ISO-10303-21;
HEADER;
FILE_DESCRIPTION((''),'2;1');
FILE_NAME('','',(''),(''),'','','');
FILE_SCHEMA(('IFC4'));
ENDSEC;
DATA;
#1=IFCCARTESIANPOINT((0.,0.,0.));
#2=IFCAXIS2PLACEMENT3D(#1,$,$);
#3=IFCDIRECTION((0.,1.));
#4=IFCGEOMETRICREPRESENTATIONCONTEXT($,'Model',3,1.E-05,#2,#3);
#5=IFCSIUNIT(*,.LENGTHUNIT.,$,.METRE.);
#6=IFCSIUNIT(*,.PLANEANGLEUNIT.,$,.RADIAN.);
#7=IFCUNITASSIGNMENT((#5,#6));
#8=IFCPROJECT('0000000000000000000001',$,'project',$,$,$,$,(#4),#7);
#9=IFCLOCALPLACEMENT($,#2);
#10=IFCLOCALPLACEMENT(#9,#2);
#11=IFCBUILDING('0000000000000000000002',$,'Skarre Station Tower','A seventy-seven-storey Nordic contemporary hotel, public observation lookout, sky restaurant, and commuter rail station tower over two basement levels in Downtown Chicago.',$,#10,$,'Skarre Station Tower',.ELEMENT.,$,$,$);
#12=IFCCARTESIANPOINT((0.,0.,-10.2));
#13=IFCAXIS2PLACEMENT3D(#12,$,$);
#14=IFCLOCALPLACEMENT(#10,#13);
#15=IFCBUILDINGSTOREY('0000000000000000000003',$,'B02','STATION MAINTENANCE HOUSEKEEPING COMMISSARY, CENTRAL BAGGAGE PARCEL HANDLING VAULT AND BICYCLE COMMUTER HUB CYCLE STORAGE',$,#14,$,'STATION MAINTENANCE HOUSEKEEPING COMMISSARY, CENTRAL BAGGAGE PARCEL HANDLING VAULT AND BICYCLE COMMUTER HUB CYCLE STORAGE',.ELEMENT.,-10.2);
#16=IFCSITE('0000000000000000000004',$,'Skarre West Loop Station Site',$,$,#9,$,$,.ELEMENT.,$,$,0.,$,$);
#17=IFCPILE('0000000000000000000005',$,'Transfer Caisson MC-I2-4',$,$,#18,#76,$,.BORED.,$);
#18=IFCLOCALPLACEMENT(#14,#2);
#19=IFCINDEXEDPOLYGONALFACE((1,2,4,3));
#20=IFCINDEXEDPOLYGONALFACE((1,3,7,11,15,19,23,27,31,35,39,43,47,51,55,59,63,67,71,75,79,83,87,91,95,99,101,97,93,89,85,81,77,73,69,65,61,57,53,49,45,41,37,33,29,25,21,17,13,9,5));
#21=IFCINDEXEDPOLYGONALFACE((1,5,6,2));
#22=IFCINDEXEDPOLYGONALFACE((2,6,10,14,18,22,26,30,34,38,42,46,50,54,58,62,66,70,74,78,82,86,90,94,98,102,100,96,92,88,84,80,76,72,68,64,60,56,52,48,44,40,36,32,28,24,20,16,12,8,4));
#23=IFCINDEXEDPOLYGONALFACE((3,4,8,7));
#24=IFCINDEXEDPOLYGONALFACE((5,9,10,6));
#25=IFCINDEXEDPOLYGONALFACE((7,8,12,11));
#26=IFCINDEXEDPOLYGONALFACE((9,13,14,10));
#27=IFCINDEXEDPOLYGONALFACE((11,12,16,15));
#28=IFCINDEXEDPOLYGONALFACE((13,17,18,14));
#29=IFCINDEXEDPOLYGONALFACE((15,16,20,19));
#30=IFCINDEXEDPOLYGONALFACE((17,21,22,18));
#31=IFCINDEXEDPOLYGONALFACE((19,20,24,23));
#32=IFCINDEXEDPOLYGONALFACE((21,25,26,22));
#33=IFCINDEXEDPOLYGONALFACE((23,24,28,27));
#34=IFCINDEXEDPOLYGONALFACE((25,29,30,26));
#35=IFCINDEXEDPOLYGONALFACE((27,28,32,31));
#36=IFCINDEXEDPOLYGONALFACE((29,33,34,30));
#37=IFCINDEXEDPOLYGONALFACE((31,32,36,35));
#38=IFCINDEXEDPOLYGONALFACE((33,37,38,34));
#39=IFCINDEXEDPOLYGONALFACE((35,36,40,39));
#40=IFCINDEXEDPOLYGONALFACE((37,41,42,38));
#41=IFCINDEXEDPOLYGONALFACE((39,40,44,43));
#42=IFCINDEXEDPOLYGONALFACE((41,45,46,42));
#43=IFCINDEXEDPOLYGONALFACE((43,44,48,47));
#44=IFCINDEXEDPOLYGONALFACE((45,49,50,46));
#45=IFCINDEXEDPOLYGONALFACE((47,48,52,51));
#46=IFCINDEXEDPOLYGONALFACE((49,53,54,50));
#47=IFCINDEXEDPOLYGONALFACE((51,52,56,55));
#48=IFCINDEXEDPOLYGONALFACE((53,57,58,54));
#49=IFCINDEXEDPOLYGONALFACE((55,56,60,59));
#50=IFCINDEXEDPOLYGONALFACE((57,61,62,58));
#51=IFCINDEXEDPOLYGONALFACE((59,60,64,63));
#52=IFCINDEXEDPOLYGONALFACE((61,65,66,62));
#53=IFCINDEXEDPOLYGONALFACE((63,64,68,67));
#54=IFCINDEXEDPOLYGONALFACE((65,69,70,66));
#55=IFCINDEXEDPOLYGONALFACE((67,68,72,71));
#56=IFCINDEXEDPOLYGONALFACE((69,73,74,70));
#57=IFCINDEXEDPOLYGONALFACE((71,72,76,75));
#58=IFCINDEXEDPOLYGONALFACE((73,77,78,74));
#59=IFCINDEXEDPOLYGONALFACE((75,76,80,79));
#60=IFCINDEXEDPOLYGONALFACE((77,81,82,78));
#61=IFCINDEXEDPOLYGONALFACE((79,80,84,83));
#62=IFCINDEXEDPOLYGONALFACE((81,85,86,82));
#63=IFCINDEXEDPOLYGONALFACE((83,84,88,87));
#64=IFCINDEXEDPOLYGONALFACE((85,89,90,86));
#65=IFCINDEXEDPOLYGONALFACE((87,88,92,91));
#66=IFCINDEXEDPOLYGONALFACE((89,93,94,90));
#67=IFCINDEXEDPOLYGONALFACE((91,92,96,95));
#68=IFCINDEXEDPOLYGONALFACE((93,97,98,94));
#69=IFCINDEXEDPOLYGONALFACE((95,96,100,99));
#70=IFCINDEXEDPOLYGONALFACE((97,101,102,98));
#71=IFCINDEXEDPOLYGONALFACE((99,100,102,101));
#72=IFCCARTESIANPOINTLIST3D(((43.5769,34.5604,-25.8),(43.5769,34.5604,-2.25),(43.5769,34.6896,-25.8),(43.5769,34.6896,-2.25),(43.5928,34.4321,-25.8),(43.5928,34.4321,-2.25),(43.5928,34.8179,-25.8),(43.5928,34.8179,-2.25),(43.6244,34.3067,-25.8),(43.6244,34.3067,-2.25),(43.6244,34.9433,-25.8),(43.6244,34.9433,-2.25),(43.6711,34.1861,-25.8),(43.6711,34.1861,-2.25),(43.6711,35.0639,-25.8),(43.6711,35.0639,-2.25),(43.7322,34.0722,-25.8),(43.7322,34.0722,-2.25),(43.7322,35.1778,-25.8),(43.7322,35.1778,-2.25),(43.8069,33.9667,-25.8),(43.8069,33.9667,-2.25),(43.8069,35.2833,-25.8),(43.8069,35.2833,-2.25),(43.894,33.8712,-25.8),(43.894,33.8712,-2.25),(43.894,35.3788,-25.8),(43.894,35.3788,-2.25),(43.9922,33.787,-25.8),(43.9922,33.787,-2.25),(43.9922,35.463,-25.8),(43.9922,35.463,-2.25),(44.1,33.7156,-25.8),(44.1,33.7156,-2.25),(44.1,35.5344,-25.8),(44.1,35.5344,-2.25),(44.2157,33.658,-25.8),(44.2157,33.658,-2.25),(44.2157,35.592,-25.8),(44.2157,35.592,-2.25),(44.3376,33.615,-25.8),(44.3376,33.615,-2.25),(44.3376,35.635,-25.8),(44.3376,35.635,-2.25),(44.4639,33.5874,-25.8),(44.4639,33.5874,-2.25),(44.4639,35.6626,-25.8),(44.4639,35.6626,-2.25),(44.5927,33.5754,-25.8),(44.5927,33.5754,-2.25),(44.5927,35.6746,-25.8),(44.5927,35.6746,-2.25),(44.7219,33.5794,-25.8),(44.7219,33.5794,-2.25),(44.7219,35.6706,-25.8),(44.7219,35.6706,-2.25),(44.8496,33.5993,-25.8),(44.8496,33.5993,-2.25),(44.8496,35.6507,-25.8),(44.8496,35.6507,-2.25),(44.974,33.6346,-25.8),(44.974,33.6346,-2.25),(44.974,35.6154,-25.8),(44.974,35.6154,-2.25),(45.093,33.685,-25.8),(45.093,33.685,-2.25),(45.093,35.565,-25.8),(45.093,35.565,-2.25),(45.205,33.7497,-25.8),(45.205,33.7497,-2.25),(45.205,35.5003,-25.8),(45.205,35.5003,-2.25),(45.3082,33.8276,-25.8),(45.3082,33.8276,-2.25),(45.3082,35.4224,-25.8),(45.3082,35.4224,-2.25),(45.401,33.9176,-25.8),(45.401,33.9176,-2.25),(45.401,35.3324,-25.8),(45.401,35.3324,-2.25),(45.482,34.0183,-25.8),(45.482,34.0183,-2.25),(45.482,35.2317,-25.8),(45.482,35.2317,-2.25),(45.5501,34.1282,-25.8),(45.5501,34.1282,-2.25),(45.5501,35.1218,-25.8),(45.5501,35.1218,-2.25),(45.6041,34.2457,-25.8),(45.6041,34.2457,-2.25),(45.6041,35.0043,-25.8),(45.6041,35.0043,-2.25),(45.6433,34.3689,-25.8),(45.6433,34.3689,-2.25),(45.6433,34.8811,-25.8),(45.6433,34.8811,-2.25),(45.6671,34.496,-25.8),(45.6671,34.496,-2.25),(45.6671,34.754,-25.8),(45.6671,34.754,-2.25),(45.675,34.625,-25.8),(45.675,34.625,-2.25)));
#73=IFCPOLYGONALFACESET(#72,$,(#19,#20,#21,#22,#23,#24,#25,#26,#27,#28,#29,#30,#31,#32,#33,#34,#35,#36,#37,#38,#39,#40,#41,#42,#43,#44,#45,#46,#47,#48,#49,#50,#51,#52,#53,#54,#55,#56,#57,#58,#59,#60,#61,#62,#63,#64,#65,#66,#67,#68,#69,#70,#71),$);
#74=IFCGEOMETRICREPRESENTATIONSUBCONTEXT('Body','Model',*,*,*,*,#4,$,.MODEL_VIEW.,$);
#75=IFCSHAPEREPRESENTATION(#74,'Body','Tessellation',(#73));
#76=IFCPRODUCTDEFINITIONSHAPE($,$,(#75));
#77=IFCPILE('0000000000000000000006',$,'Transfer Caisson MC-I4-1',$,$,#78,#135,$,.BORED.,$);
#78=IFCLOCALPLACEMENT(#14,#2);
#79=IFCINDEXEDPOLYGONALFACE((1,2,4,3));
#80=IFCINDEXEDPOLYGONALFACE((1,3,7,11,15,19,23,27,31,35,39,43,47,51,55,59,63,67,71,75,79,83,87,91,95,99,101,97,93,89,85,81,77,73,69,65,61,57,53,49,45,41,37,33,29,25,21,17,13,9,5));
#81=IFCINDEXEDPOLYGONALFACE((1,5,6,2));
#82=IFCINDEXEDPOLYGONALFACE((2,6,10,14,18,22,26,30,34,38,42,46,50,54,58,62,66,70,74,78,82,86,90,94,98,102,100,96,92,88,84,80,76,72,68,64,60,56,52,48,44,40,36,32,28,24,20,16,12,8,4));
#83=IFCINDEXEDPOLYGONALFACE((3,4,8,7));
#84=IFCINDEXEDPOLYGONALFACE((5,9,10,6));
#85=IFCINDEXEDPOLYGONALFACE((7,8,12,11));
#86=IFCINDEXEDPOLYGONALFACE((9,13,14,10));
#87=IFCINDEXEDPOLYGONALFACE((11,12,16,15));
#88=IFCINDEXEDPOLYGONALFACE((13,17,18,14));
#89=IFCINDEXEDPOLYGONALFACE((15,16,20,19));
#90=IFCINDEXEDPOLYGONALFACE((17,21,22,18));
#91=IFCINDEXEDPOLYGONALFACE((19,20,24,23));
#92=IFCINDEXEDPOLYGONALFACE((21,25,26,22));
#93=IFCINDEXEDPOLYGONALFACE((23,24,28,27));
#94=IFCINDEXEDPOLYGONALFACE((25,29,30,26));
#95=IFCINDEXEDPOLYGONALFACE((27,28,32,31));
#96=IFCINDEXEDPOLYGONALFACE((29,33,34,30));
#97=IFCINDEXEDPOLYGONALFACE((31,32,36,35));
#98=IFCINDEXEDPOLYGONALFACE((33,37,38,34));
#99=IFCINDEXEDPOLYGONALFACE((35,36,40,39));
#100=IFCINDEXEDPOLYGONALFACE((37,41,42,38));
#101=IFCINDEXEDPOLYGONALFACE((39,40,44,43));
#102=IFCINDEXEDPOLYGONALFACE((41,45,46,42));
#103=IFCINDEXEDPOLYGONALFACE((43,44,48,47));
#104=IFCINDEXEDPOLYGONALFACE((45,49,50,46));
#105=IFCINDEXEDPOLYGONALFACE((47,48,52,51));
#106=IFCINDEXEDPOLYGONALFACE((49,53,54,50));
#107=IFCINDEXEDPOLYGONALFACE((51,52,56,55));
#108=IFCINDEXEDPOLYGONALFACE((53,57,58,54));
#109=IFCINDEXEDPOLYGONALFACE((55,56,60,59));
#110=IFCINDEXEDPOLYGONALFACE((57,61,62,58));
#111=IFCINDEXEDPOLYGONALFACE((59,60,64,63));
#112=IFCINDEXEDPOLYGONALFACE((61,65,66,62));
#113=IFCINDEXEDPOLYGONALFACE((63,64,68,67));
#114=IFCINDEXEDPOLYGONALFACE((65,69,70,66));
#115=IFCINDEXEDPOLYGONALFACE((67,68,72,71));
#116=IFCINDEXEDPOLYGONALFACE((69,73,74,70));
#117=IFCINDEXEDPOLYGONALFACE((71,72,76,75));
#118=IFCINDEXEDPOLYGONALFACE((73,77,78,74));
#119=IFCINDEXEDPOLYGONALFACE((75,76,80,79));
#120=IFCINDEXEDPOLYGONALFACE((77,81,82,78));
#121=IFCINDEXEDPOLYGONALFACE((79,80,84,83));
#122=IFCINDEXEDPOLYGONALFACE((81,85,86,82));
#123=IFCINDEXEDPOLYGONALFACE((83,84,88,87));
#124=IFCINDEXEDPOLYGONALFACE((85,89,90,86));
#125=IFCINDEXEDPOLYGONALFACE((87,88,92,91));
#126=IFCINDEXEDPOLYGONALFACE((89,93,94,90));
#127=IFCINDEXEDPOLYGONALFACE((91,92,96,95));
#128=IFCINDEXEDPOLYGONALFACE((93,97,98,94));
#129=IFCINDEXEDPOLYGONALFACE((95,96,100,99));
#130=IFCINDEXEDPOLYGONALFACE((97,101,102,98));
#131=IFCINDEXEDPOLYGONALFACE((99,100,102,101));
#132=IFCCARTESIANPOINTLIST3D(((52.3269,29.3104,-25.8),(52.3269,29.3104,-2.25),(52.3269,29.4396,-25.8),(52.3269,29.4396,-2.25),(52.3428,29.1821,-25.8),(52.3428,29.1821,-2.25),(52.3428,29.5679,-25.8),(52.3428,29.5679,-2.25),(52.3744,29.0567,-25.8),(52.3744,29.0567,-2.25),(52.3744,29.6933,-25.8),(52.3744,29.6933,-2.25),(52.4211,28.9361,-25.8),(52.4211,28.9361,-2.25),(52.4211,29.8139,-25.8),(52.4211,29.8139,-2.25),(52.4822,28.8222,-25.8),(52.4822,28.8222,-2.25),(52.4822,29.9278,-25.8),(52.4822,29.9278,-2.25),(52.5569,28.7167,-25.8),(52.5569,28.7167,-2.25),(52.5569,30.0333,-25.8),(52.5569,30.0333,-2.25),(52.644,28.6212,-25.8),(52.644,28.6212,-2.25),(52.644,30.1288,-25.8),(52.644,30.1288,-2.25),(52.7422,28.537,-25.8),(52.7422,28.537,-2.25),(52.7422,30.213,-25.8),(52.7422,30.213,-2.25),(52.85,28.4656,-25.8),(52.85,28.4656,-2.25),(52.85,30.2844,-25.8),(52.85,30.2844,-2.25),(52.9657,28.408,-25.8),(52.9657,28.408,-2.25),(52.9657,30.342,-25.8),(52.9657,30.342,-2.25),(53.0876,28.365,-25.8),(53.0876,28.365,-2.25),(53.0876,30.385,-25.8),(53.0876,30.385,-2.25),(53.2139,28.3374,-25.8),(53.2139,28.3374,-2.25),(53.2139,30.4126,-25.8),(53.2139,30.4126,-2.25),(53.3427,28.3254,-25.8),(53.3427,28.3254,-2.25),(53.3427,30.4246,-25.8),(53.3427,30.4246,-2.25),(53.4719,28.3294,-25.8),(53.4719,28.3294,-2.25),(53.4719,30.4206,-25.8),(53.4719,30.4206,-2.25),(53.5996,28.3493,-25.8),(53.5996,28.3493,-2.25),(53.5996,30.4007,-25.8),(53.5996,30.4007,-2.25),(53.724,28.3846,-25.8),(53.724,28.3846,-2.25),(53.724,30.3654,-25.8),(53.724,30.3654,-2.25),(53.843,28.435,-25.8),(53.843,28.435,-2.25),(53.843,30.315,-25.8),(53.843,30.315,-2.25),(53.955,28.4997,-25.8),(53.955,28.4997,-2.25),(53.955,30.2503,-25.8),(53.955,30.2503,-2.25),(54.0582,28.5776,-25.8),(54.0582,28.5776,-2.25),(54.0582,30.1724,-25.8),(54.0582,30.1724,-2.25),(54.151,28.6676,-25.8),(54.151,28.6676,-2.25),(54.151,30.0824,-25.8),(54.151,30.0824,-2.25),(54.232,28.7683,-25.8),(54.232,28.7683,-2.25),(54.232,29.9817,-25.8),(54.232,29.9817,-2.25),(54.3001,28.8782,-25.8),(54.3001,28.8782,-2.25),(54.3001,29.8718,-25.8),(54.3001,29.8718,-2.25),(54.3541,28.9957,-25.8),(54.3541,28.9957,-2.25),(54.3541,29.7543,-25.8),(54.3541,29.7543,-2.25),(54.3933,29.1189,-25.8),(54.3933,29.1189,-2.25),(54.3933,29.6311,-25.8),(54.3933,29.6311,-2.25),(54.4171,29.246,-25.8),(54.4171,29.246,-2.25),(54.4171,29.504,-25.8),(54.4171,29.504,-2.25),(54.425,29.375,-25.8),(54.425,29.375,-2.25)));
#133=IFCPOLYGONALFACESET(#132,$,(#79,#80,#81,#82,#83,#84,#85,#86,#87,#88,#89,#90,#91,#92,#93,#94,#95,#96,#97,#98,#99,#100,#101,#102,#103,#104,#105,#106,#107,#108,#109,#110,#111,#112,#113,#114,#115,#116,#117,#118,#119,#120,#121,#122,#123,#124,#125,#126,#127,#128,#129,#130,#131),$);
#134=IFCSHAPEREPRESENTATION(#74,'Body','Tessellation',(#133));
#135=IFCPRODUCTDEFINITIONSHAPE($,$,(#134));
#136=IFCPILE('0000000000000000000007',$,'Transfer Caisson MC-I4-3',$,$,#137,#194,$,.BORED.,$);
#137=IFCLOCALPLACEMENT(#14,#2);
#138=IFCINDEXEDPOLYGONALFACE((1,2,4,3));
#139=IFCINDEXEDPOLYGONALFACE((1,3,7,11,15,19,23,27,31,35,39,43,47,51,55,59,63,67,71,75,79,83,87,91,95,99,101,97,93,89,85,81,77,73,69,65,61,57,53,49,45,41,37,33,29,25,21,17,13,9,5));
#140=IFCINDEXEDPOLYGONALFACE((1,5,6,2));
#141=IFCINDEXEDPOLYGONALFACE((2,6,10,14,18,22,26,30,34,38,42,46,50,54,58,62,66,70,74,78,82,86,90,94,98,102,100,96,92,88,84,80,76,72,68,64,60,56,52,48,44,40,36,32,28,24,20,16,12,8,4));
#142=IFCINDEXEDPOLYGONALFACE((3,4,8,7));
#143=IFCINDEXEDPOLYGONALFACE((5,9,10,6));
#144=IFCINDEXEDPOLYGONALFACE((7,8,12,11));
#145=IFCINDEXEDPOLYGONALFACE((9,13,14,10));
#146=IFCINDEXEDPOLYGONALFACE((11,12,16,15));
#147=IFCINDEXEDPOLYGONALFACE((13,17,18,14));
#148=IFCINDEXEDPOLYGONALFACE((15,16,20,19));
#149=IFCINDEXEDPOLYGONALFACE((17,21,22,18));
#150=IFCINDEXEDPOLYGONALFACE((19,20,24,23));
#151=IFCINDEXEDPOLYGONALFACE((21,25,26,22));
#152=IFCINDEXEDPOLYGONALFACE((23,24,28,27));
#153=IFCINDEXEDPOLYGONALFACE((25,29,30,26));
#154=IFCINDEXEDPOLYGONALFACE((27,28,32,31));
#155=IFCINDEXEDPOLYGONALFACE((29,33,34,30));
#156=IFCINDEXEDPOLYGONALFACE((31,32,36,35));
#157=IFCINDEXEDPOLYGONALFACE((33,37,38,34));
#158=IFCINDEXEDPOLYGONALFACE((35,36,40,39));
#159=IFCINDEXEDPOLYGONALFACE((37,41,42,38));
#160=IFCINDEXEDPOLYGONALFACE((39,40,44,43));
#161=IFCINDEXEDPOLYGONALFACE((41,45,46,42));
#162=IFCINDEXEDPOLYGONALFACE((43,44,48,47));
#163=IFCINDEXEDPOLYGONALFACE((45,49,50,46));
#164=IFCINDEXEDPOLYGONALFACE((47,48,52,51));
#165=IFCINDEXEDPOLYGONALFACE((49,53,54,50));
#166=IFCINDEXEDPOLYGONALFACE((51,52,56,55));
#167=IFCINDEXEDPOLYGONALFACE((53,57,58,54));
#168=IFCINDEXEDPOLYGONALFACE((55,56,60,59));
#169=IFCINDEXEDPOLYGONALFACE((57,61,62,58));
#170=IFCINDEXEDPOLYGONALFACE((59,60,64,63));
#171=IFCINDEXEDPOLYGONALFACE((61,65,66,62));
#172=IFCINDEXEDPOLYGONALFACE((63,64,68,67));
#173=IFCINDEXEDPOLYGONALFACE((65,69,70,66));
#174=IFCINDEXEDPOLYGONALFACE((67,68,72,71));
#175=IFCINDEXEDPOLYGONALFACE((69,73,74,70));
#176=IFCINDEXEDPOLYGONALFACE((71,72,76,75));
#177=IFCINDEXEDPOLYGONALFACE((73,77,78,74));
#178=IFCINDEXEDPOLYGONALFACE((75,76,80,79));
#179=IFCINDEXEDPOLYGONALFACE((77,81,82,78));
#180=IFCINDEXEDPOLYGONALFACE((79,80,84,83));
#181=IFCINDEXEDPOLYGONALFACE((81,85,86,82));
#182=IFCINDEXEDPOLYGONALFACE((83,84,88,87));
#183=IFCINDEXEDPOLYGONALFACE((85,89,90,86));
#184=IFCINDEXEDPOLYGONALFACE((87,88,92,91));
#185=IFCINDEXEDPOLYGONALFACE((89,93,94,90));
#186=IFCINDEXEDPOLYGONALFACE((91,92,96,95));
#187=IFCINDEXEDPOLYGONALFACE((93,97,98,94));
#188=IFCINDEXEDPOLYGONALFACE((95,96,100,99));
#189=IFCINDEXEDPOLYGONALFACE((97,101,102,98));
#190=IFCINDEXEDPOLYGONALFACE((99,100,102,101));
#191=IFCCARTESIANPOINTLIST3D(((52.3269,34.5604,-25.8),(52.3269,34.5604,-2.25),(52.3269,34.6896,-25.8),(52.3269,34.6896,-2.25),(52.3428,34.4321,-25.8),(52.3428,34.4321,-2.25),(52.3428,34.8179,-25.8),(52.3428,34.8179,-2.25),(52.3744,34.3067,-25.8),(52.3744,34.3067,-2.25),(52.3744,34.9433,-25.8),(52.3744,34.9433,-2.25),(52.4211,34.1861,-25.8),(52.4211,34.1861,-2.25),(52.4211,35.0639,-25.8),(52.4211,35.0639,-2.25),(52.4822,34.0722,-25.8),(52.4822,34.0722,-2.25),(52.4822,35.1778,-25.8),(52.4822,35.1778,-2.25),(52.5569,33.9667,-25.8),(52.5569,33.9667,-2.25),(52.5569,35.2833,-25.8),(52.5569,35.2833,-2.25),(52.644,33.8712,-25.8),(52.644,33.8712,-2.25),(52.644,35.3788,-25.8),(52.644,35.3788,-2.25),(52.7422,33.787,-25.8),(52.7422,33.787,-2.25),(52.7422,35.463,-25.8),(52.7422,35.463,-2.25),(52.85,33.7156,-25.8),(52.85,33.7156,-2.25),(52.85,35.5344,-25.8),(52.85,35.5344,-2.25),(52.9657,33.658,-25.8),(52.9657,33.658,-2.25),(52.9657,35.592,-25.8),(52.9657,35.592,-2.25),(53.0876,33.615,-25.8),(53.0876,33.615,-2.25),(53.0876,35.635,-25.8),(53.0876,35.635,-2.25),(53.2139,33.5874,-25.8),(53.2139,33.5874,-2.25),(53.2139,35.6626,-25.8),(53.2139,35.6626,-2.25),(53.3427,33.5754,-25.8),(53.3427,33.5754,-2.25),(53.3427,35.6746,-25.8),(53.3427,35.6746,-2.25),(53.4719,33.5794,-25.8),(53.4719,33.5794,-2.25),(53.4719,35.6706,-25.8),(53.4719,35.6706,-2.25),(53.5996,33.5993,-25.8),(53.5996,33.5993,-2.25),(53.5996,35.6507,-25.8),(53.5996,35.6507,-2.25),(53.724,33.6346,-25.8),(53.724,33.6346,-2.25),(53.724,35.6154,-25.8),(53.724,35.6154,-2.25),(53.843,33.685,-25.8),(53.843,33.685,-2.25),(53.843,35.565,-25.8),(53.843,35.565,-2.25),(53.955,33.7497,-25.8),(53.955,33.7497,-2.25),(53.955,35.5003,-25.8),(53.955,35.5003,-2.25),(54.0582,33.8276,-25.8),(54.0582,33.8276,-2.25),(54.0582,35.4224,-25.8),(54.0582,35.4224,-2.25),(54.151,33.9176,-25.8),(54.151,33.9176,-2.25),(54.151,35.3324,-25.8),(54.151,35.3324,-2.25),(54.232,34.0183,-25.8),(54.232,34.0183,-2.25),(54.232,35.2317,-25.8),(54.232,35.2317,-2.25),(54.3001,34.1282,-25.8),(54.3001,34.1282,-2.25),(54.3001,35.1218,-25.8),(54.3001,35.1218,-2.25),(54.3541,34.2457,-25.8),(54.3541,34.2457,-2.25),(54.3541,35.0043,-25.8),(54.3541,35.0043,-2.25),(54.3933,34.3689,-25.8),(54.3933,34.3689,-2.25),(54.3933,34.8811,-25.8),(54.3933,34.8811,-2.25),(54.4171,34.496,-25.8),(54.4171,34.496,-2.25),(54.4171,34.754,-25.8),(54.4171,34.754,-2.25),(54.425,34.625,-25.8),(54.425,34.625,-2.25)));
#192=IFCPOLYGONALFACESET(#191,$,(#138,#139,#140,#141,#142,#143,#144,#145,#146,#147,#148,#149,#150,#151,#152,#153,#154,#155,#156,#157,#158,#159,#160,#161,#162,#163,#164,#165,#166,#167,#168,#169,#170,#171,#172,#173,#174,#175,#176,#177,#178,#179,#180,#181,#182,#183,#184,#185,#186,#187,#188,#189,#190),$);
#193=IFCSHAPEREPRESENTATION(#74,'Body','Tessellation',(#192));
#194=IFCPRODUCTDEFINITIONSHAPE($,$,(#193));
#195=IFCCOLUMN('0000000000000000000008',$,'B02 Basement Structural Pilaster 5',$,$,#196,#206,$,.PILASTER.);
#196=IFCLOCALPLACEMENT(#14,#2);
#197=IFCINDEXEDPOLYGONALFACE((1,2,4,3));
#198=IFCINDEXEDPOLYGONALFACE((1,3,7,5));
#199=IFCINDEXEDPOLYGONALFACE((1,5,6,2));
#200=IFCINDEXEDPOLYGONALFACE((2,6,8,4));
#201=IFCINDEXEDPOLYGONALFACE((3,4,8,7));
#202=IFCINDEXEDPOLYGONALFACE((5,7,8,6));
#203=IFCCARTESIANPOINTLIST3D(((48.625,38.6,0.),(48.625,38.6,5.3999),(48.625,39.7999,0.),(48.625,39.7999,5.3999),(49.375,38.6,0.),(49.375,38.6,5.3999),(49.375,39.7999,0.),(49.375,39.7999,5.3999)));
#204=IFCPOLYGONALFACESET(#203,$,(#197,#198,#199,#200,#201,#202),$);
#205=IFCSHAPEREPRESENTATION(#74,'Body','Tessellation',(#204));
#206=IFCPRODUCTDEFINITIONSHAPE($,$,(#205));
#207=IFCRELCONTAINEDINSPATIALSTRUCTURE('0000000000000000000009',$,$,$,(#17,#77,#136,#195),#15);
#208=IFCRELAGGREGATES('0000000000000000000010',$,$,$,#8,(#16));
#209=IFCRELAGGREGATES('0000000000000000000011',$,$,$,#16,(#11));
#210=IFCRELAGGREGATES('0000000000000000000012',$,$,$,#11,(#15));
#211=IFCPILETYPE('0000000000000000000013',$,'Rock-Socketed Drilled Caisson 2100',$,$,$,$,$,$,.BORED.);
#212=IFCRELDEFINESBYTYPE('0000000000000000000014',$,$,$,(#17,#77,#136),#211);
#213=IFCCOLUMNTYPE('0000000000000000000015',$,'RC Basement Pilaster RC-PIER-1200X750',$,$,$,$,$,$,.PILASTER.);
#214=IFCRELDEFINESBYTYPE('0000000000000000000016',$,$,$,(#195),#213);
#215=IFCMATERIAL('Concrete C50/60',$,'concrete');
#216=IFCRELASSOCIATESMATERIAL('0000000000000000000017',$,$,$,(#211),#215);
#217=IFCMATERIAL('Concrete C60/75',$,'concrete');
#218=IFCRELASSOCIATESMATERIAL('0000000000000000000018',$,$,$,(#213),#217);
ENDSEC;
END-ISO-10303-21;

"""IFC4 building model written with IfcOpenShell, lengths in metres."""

from ifc_helpers import new_model, si_unit, direction, frame, origin, origin_2d, place, context, subcontext, project, spatial, rectangle, circle, extrude, material, material_profile, profile_set, type_object, element, save


model = new_model("IFC4")

# Units and contexts
model_context = context("Model", 3, precision=1e-05, world=origin(), true_north=direction((0.0, 1.0)))
body_context = subcontext(model_context, "Body", "Model", "MODEL_VIEW")
ifc_project = project(units=[si_unit("LENGTHUNIT", "METRE"), si_unit("PLANEANGLEUNIT", "RADIAN")], contexts=[model_context])

# Site, building, storey
site_placement = place(None, origin())
site = spatial("IfcSite", under=ifc_project, at=site_placement, Name="Skarre West Loop Station Site", CompositionType="ELEMENT", RefElevation=0.0)
building_placement = place(site_placement, origin())
building = spatial("IfcBuilding", under=site, at=building_placement, Name="Skarre Station Tower", Description="A seventy-seven-storey Nordic contemporary hotel, public observation lookout, sky restaurant, and commuter rail station tower over two basement levels in Downtown Chicago.", LongName="Skarre Station Tower", CompositionType="ELEMENT")
storey_placement = place(building_placement, frame((0.0, 0.0, -10.2)))
storey = spatial("IfcBuildingStorey", under=building, at=storey_placement, Name="B02", Description="STATION MAINTENANCE HOUSEKEEPING COMMISSARY, CENTRAL BAGGAGE PARCEL HANDLING VAULT AND BICYCLE COMMUTER HUB CYCLE STORAGE", LongName="STATION MAINTENANCE HOUSEKEEPING COMMISSARY, CENTRAL BAGGAGE PARCEL HANDLING VAULT AND BICYCLE COMMUTER HUB CYCLE STORAGE", CompositionType="ELEMENT", Elevation=-10.2)

# Shared definitions
ifc_material_1 = material(Name="Concrete C50/60", Category="concrete")

# Piles
ifc_material_profile_1 = material_profile(ifc_material_1, circle(Radius=1.05, at=origin_2d()), Name="Concrete C50/60")
ifc_profile_set_1 = profile_set([ifc_material_profile_1], Name="Concrete C50/60")
pile_type_1 = type_object("IfcPileType", Name="Rock-Socketed Drilled Caisson 2100", PredefinedType="BORED", material=ifc_profile_set_1)
for number, where, z_axis, x_axis, name in (
    (1, (44.625, 34.625, -2.25), (0.0, 0.0, -1.0), (1.0, 0.0, 0.0), "Transfer Caisson MC-I2-4"),
    (2, (53.375, 29.375, -2.25), (0.0, 0.0, -1.0), (1.0, 0.0, 0.0), "Transfer Caisson MC-I4-1"),
    (3, (53.375, 34.625, -2.25), (0.0, 0.0, -1.0), (1.0, 0.0, 0.0), "Transfer Caisson MC-I4-3"),
):
    element("IfcPile", number, at=place(storey_placement, frame(where, z_axis=z_axis, x_axis=x_axis)), inside=storey, type_object=pile_type_1, Name=name, PredefinedType="BORED", context=body_context, shape_type="SweptSolid", body=[
        extrude(circle(Radius=1.05, at=origin_2d()), origin(), (0.0, 0.0, 1.0), 23.55),
    ])

# Column
ifc_material_2 = material(Name="Concrete C60/75", Category="concrete")
ifc_material_profile_2 = material_profile(ifc_material_2, rectangle(XDim=0.75, YDim=1.2, at=origin_2d()), Name="Concrete C60/75")
ifc_profile_set_2 = profile_set([ifc_material_profile_2], Name="Concrete C60/75")
column_type_1 = type_object("IfcColumnType", Name="RC Basement Pilaster RC-PIER-1200X750", PredefinedType="PILASTER", material=ifc_profile_set_2)
column_1_placement = place(storey_placement, frame((49.0, 39.2, 0.0), z_axis=(0.0, 0.0, 1.0), x_axis=(1.0, 0.0, 0.0)))
element("IfcColumn", 4, at=column_1_placement, inside=storey, type_object=column_type_1, Name="B02 Basement Structural Pilaster 5", PredefinedType="PILASTER", context=body_context, shape_type="SweptSolid", body=[
    extrude(rectangle(XDim=0.75, YDim=1.2, at=origin_2d()), origin(), (0.0, 0.0, 1.0), 5.3999),
])

save(model, "model.ifc")
